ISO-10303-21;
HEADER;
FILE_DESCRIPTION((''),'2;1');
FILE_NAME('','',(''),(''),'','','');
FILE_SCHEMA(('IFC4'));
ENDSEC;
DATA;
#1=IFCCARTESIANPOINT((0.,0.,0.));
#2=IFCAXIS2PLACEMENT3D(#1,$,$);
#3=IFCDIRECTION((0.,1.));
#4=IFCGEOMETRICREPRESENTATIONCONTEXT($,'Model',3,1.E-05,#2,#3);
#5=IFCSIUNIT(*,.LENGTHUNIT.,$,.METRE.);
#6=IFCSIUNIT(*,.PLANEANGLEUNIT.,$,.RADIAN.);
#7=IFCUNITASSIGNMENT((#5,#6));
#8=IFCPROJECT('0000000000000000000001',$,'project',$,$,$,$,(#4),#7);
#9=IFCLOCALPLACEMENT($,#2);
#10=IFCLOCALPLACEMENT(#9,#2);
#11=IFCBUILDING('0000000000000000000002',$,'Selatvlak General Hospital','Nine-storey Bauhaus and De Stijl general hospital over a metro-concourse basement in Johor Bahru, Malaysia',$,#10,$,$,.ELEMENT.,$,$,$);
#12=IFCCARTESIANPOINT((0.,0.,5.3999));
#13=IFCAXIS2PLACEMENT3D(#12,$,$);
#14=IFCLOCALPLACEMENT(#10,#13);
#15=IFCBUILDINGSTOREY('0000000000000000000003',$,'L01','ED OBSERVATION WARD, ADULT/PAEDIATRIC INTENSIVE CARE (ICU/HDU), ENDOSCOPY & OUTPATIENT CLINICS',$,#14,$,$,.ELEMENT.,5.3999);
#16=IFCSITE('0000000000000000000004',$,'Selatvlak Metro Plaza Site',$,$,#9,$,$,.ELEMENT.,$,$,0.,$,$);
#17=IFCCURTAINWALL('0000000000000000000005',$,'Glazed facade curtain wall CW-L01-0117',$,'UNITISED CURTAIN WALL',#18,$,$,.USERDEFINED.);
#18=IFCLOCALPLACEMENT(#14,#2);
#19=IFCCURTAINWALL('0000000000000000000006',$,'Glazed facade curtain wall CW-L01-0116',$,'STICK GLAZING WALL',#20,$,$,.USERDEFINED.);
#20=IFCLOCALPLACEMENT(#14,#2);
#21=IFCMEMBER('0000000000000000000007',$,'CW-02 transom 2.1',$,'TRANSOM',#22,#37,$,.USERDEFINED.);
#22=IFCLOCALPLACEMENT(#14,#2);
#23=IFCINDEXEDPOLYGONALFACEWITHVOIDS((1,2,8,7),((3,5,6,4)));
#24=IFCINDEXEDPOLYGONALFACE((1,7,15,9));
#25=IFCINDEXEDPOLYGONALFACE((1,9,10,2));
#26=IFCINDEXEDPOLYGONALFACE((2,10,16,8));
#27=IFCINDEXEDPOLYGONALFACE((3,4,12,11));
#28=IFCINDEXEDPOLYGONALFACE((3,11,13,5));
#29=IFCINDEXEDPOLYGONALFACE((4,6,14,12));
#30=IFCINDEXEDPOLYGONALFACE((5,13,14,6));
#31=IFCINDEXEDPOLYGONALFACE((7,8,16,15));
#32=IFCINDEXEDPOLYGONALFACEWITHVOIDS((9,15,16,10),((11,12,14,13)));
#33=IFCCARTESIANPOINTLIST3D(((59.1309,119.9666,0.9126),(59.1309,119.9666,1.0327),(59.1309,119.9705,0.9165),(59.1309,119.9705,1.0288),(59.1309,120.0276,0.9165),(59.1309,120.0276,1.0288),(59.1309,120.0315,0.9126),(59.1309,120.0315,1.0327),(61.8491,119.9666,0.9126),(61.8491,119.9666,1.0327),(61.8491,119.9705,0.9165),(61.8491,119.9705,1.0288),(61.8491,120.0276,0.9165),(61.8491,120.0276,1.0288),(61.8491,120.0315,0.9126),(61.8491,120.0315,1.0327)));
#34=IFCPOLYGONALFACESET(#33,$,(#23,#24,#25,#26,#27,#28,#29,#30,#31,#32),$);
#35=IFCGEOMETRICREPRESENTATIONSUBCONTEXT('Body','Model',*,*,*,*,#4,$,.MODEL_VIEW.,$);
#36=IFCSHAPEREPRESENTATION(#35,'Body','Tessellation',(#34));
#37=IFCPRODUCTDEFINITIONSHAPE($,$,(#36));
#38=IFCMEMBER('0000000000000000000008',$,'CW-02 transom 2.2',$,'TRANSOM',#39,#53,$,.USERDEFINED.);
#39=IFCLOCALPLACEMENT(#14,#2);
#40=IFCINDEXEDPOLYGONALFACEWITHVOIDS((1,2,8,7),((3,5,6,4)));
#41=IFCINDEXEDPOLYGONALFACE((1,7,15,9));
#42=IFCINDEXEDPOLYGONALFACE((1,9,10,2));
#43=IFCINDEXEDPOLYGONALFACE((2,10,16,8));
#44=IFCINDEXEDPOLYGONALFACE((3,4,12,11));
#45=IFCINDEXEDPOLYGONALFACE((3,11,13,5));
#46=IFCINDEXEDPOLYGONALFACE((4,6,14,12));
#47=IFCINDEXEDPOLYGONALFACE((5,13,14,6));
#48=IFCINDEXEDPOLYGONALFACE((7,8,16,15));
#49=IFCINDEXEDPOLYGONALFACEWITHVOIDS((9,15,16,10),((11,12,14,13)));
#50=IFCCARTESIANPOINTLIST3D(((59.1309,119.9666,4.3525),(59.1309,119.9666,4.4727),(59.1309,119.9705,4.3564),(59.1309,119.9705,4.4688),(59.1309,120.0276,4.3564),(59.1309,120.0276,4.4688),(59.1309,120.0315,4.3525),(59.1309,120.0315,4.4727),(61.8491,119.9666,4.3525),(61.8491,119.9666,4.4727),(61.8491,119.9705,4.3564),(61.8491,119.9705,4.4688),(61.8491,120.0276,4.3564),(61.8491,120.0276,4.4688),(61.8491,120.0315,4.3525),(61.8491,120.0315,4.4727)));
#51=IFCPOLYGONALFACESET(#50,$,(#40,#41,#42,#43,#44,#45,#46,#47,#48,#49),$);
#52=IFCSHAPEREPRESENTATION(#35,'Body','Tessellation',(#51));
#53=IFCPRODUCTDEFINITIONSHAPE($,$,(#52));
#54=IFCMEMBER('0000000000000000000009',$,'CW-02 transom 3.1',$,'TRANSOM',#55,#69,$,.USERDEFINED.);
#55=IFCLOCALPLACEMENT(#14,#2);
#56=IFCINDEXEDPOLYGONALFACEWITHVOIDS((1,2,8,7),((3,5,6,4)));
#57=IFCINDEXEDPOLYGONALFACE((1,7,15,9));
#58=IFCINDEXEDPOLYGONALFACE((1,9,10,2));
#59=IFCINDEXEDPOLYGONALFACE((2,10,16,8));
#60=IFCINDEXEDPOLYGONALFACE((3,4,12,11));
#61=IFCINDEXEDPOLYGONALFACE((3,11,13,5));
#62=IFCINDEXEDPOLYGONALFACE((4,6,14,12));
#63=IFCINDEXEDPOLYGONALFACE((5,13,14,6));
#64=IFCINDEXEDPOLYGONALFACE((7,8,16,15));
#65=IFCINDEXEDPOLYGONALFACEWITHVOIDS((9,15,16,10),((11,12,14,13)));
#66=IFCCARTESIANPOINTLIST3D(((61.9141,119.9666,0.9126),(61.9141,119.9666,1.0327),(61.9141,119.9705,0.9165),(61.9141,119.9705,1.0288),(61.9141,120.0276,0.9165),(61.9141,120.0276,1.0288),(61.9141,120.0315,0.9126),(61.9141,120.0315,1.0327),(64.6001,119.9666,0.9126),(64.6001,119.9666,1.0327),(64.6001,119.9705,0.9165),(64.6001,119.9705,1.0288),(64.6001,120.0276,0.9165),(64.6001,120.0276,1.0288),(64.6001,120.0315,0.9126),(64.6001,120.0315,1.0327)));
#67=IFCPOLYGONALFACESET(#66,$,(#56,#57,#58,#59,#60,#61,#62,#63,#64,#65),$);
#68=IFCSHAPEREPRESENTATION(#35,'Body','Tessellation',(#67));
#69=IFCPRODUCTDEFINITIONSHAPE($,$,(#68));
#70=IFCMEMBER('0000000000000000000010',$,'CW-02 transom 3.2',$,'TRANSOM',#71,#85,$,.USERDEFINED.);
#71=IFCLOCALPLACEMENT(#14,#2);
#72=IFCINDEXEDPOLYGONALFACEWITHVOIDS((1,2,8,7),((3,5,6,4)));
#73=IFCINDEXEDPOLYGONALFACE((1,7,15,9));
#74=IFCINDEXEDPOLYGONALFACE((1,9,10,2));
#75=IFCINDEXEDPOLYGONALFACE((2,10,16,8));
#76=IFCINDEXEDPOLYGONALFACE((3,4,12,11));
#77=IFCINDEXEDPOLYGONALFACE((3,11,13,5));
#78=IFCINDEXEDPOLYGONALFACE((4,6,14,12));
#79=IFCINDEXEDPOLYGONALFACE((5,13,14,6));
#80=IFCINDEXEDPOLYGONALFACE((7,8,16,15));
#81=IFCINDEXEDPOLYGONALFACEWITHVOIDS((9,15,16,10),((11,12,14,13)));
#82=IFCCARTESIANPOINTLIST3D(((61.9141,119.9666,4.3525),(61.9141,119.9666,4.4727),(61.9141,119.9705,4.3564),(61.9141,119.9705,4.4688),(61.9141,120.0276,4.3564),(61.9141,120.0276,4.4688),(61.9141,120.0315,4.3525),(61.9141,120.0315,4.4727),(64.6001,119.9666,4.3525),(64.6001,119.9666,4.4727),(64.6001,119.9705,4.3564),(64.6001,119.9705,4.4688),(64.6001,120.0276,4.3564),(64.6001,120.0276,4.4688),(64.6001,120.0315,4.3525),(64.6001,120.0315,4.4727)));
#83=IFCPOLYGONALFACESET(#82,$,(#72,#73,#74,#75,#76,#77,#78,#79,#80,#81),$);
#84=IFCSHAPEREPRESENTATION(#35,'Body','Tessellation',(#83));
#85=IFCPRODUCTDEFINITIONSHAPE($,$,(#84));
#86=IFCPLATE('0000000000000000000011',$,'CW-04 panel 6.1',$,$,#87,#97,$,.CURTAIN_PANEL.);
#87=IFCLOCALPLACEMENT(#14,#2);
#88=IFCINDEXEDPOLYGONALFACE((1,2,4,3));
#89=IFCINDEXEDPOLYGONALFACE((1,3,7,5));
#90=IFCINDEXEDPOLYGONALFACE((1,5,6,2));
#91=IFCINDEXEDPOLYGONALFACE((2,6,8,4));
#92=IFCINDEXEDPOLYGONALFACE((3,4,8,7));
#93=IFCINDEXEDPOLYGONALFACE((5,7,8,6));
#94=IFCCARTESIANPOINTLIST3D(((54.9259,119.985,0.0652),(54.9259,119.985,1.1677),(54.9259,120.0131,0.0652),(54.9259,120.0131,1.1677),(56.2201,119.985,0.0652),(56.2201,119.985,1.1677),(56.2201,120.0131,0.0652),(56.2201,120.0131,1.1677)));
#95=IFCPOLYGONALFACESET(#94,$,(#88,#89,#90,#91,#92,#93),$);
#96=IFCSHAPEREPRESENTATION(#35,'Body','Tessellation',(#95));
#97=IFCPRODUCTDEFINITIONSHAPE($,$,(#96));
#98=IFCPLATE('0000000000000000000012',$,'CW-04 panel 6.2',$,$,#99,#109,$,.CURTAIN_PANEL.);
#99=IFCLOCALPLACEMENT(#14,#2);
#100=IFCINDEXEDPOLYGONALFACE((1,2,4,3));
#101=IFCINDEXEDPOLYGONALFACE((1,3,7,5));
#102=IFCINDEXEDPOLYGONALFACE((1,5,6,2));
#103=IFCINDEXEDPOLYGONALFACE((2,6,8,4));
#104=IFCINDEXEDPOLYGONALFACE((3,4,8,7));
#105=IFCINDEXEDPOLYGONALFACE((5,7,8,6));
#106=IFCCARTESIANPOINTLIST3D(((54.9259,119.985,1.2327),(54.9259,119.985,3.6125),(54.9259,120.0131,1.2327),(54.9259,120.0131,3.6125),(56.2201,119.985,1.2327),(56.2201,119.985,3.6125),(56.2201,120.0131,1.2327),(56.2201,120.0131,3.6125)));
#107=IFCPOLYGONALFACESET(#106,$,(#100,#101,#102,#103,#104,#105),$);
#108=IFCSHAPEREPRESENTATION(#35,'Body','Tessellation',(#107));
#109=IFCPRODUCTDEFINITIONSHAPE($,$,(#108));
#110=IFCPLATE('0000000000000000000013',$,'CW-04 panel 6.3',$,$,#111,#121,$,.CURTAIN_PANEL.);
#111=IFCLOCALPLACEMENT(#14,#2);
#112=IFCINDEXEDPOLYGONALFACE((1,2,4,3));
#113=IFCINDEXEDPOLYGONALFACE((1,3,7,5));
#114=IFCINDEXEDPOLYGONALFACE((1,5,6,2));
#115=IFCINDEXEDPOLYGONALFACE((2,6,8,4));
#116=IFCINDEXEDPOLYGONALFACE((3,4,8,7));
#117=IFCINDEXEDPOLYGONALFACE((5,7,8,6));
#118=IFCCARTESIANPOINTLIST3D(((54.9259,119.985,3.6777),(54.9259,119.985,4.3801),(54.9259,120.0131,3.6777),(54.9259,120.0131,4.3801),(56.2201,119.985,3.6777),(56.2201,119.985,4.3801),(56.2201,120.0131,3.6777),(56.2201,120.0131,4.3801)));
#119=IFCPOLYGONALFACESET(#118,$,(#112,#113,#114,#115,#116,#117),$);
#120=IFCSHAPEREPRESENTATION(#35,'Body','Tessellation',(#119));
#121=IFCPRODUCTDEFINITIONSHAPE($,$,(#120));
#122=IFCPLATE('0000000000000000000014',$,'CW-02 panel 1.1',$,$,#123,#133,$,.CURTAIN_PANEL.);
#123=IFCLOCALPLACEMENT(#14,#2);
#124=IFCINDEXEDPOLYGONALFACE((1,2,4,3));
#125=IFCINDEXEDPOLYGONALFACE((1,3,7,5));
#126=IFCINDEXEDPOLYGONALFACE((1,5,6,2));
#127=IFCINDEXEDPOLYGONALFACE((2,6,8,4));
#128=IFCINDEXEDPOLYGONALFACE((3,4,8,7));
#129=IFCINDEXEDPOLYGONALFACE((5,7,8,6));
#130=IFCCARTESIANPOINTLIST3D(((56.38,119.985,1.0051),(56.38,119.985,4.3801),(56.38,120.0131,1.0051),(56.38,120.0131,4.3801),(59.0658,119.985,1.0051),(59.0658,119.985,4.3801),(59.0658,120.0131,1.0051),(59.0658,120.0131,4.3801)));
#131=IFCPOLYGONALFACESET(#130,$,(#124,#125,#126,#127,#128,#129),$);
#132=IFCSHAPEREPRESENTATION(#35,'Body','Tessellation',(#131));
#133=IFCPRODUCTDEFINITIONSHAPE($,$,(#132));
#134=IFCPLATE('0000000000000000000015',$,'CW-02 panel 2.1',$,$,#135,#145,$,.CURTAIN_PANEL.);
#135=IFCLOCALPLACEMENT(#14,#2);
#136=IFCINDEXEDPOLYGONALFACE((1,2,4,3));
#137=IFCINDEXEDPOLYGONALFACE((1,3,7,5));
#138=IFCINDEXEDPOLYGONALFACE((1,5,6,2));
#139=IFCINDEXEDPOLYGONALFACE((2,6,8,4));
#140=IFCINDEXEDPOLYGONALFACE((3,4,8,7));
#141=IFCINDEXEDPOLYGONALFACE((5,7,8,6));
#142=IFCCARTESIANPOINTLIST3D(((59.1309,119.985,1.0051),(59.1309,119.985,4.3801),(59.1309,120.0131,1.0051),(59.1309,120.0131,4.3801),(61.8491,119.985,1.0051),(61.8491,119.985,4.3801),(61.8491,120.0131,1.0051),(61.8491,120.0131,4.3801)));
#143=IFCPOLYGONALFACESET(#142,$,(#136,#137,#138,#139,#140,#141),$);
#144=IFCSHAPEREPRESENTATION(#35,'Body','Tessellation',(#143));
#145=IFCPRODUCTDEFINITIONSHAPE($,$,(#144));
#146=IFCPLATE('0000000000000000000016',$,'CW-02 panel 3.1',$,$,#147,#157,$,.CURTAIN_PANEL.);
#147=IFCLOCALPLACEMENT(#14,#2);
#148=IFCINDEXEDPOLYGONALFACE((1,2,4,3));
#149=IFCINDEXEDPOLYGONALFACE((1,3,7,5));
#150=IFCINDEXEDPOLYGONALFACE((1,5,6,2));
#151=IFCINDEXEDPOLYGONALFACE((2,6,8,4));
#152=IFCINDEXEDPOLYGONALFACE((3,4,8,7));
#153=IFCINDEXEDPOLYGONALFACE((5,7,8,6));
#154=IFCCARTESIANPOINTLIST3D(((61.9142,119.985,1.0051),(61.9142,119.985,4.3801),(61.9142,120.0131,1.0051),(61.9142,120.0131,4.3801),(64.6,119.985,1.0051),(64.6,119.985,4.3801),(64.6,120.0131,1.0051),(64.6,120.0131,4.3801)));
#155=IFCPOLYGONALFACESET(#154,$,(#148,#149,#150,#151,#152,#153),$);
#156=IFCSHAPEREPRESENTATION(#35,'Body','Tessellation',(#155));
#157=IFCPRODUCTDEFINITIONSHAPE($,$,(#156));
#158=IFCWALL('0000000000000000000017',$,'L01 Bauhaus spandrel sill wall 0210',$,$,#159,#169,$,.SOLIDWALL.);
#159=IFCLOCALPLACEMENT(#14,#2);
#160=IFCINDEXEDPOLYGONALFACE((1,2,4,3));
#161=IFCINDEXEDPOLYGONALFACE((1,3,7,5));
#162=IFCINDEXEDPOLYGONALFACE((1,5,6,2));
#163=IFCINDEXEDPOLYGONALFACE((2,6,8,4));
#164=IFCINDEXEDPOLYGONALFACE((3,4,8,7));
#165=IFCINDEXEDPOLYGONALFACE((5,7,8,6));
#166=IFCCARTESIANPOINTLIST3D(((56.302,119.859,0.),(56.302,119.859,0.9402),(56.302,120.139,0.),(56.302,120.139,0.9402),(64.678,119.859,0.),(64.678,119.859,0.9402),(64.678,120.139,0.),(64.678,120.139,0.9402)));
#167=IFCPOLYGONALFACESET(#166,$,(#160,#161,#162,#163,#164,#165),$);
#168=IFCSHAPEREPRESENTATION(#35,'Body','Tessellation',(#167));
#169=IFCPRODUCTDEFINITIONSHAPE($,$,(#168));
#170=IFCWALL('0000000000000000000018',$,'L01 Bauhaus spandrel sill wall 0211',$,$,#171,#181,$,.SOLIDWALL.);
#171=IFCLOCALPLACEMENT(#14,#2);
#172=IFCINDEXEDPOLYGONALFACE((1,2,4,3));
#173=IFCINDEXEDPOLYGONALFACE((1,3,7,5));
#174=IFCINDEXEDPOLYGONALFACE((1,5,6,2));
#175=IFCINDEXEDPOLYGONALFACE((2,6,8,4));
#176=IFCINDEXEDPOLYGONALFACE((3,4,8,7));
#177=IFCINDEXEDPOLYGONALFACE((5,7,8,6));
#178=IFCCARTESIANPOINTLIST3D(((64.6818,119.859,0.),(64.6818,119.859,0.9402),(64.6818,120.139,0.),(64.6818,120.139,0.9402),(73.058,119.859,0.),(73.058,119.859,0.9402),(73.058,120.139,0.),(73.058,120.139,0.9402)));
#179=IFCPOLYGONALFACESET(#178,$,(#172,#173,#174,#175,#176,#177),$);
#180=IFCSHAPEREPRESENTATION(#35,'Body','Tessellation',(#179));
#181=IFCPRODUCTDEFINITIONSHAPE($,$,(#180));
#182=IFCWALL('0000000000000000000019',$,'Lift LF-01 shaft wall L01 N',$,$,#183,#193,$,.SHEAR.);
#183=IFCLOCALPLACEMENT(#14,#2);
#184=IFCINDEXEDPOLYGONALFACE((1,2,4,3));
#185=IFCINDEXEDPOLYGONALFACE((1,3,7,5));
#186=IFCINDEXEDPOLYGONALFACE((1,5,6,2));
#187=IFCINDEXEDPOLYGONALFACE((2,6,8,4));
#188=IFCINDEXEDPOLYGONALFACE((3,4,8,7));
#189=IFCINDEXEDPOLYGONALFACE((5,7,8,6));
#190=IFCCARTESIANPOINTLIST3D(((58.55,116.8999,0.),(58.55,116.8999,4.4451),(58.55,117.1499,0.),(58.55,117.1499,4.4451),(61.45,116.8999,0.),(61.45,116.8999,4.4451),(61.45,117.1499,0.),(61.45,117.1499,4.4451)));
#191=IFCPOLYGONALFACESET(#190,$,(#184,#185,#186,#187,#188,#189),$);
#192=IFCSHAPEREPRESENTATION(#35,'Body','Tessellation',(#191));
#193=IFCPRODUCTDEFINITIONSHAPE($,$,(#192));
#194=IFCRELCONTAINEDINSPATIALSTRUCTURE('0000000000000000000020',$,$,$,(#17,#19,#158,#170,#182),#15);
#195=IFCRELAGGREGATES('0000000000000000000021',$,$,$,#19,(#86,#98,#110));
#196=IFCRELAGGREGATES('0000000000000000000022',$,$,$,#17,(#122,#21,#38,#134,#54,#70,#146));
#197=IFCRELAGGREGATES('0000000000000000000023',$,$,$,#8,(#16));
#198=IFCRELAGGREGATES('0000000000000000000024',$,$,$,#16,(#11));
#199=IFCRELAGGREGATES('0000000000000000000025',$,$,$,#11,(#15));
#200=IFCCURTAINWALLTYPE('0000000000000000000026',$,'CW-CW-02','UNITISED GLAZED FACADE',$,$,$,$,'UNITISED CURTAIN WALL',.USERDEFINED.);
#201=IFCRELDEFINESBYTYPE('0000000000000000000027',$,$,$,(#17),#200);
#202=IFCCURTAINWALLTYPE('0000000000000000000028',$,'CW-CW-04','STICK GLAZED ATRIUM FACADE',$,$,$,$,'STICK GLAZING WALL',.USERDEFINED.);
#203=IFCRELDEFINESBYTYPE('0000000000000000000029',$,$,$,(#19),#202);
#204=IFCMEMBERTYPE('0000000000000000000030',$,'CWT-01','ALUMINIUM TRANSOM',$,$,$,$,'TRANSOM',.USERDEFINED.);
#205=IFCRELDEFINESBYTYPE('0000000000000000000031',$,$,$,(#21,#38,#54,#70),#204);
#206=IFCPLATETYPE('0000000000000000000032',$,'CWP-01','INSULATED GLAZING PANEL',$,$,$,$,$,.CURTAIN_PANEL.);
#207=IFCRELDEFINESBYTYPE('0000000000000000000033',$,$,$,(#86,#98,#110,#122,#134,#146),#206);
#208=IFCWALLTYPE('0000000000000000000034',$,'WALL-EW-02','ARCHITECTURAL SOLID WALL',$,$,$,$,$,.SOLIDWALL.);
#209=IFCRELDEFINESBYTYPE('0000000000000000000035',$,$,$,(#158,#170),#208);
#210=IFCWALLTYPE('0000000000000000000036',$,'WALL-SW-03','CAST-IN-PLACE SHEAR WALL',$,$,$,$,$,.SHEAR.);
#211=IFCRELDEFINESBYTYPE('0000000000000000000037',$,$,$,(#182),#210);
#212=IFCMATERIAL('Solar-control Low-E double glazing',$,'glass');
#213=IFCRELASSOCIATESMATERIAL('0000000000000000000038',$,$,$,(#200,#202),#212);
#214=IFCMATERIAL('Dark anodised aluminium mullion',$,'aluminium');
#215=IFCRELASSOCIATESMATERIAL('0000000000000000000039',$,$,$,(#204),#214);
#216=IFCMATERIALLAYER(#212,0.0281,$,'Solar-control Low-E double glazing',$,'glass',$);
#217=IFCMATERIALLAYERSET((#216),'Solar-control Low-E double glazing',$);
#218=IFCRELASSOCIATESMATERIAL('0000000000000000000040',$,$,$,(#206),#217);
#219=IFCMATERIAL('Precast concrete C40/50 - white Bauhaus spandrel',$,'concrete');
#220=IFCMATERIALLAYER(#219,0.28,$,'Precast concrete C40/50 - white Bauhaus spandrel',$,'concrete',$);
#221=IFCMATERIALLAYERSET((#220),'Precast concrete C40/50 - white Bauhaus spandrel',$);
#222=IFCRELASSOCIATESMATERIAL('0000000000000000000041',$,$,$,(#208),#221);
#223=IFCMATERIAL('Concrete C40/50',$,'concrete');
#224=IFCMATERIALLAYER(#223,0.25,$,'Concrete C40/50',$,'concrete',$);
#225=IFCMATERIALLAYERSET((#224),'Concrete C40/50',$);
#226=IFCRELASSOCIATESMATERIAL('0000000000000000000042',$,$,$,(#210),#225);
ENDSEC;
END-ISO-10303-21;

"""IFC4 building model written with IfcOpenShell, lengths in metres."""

from ifc_helpers import new_model, si_unit, direction, frame, frame_2d, origin, origin_2d, place, context, subcontext, project, spatial, rectangle, hollow_rectangle, extrude, material, layer, layer_set, material_profile, profile_set, type_object, element, aggregate, save


model = new_model("IFC4")

# Units and contexts
model_context = context("Model", 3, precision=1e-05, world=origin(), true_north=direction((0.0, 1.0)))
body_context = subcontext(model_context, "Body", "Model", "MODEL_VIEW")
ifc_project = project(units=[si_unit("LENGTHUNIT", "METRE"), si_unit("PLANEANGLEUNIT", "RADIAN")], contexts=[model_context])

# Site, building, storey
site_placement = place(None, origin())
site = spatial("IfcSite", under=ifc_project, at=site_placement, Name="Selatvlak Metro Plaza Site", CompositionType="ELEMENT", RefElevation=0.0)
building_placement = place(site_placement, origin())
building = spatial("IfcBuilding", under=site, at=building_placement, Name="Selatvlak General Hospital", Description="Nine-storey Bauhaus and De Stijl general hospital over a metro-concourse basement in Johor Bahru, Malaysia", CompositionType="ELEMENT")
storey_placement = place(building_placement, frame((0.0, 0.0, 5.3999)))
storey = spatial("IfcBuildingStorey", under=building, at=storey_placement, Name="L01", Description="ED OBSERVATION WARD, ADULT/PAEDIATRIC INTENSIVE CARE (ICU/HDU), ENDOSCOPY & OUTPATIENT CLINICS", CompositionType="ELEMENT", Elevation=5.3999)

# Shared definitions
ifc_material_1 = material(Name="Concrete C40/50", Category="concrete")

# Curtain wall
ifc_material_2 = material(Name="Solar-control Low-E double glazing", Category="glass")
curtain_wall_type_1 = type_object("IfcCurtainWallType", Name="CW-CW-02", Description="UNITISED GLAZED FACADE", ElementType="UNITISED CURTAIN WALL", PredefinedType="USERDEFINED", material=ifc_material_2)
curtain_wall_1_placement = place(storey_placement, origin())
curtain_wall_1 = element("IfcCurtainWall", 1, at=curtain_wall_1_placement, inside=storey, type_object=curtain_wall_type_1, Name="Glazed facade curtain wall CW-L01-0117", ObjectType="UNITISED CURTAIN WALL", PredefinedType="USERDEFINED")
ifc_material_3 = material(Name="Dark anodised aluminium mullion", Category="aluminium")

# Curtain wall
curtain_wall_type_2 = type_object("IfcCurtainWallType", Name="CW-CW-04", Description="STICK GLAZED ATRIUM FACADE", ElementType="STICK GLAZING WALL", PredefinedType="USERDEFINED", material=ifc_material_2)
curtain_wall_2_placement = place(storey_placement, origin())
curtain_wall_2 = element("IfcCurtainWall", 2, at=curtain_wall_2_placement, inside=storey, type_object=curtain_wall_type_2, Name="Glazed facade curtain wall CW-L01-0116", ObjectType="STICK GLAZING WALL", PredefinedType="USERDEFINED")

# Members
ifc_material_profile_1 = material_profile(ifc_material_3, hollow_rectangle(XDim=0.0649, YDim=0.1201, WallThickness=0.0039, at=origin_2d()), Name="AL-TRN 65x120x4")
ifc_profile_set_1 = profile_set([ifc_material_profile_1], Name="Dark anodised aluminium mullion")
member_type_1 = type_object("IfcMemberType", Name="CWT-01", Description="ALUMINIUM TRANSOM", ElementType="TRANSOM", PredefinedType="USERDEFINED", material=ifc_profile_set_1)
member_1_placement = place(storey_placement, frame((59.1309, 119.999, 0.9727), z_axis=(1.0, 0.0, 0.0), x_axis=(0.0, 1.0, 0.0)))
member_1 = element("IfcMember", 3, at=member_1_placement, type_object=member_type_1, Name="CW-02 transom 2.1", ObjectType="TRANSOM", PredefinedType="USERDEFINED", context=body_context, shape_type="SweptSolid", body=[
    extrude(hollow_rectangle(XDim=0.0649, YDim=0.1201, WallThickness=0.0039, at=origin_2d()), origin(), (0.0, 0.0, 1.0), 2.7183),
])
member_2_placement = place(storey_placement, frame((59.1309, 119.999, 4.4126), z_axis=(1.0, 0.0, 0.0), x_axis=(0.0, 1.0, 0.0)))
member_2 = element("IfcMember", 4, at=member_2_placement, type_object=member_type_1, Name="CW-02 transom 2.2", ObjectType="TRANSOM", PredefinedType="USERDEFINED", context=body_context, shape_type="SweptSolid", body=[
    extrude(hollow_rectangle(XDim=0.0649, YDim=0.1201, WallThickness=0.0039, at=origin_2d()), origin(), (0.0, 0.0, 1.0), 2.7183),
])
member_3_placement = place(storey_placement, frame((61.9141, 119.999, 0.9727), z_axis=(1.0, 0.0, 0.0), x_axis=(0.0, 1.0, 0.0)))
member_3 = element("IfcMember", 5, at=member_3_placement, type_object=member_type_1, Name="CW-02 transom 3.1", ObjectType="TRANSOM", PredefinedType="USERDEFINED", context=body_context, shape_type="SweptSolid", body=[
    extrude(hollow_rectangle(XDim=0.0649, YDim=0.1201, WallThickness=0.0039, at=origin_2d()), origin(), (0.0, 0.0, 1.0), 2.686),
])
member_4_placement = place(storey_placement, frame((61.9141, 119.999, 4.4126), z_axis=(1.0, 0.0, 0.0), x_axis=(0.0, 1.0, 0.0)))
member_4 = element("IfcMember", 6, at=member_4_placement, type_object=member_type_1, Name="CW-02 transom 3.2", ObjectType="TRANSOM", PredefinedType="USERDEFINED", context=body_context, shape_type="SweptSolid", body=[
    extrude(hollow_rectangle(XDim=0.0649, YDim=0.1201, WallThickness=0.0039, at=origin_2d()), origin(), (0.0, 0.0, 1.0), 2.686),
])

# Plates
ifc_layer_1 = layer(ifc_material_2, 0.0281, Name="Solar-control Low-E double glazing", Category="glass")
ifc_layer_set_1 = layer_set([ifc_layer_1], Name="Solar-control Low-E double glazing")
plate_type = type_object("IfcPlateType", Name="CWP-01", Description="INSULATED GLAZING PANEL", PredefinedType="CURTAIN_PANEL", material=ifc_layer_set_1)
plate_1_placement = place(storey_placement, frame((55.573, 119.999, 0.0652), z_axis=(0.0, 0.0, 1.0), x_axis=(1.0, 0.0, 0.0)))
plate_1 = element("IfcPlate", 7, at=plate_1_placement, type_object=plate_type, Name="CW-04 panel 6.1", PredefinedType="CURTAIN_PANEL", context=body_context, shape_type="SweptSolid", body=[
    extrude(rectangle(XDim=1.2942, YDim=0.0281, at=origin_2d()), origin(), (0.0, 0.0, 1.0), 1.1025),
])
plate_2_placement = place(storey_placement, frame((55.573, 119.999, 1.2327), z_axis=(0.0, 0.0, 1.0), x_axis=(1.0, 0.0, 0.0)))
plate_2 = element("IfcPlate", 8, at=plate_2_placement, type_object=plate_type, Name="CW-04 panel 6.2", PredefinedType="CURTAIN_PANEL", context=body_context, shape_type="SweptSolid", body=[
    extrude(rectangle(XDim=1.2942, YDim=0.0281, at=origin_2d()), origin(), (0.0, 0.0, 1.0), 2.3799),
])
plate_3_placement = place(storey_placement, frame((55.573, 119.999, 3.6777), z_axis=(0.0, 0.0, 1.0), x_axis=(1.0, 0.0, 0.0)))
plate_3 = element("IfcPlate", 9, at=plate_3_placement, type_object=plate_type, Name="CW-04 panel 6.3", PredefinedType="CURTAIN_PANEL", context=body_context, shape_type="SweptSolid", body=[
    extrude(rectangle(XDim=1.2942, YDim=0.0281, at=origin_2d()), origin(), (0.0, 0.0, 1.0), 0.7024),
])
aggregate(curtain_wall_2, [plate_1, plate_2, plate_3])
plate_4_placement = place(storey_placement, frame((57.7229, 119.999, 1.0051), z_axis=(0.0, 0.0, 1.0), x_axis=(1.0, 0.0, 0.0)))
plate_4 = element("IfcPlate", 10, at=plate_4_placement, type_object=plate_type, Name="CW-02 panel 1.1", PredefinedType="CURTAIN_PANEL", context=body_context, shape_type="SweptSolid", body=[
    extrude(rectangle(XDim=2.6858, YDim=0.0281, at=origin_2d()), origin(), (0.0, 0.0, 1.0), 3.375),
])
plate_5_placement = place(storey_placement, frame((60.49, 119.999, 1.0051), z_axis=(0.0, 0.0, 1.0), x_axis=(1.0, 0.0, 0.0)))
plate_5 = element("IfcPlate", 11, at=plate_5_placement, type_object=plate_type, Name="CW-02 panel 2.1", PredefinedType="CURTAIN_PANEL", context=body_context, shape_type="SweptSolid", body=[
    extrude(rectangle(XDim=2.7183, YDim=0.0281, at=origin_2d()), origin(), (0.0, 0.0, 1.0), 3.375),
])
plate_6_placement = place(storey_placement, frame((63.2571, 119.999, 1.0051), z_axis=(0.0, 0.0, 1.0), x_axis=(1.0, 0.0, 0.0)))
plate_6 = element("IfcPlate", 12, at=plate_6_placement, type_object=plate_type, Name="CW-02 panel 3.1", PredefinedType="CURTAIN_PANEL", context=body_context, shape_type="SweptSolid", body=[
    extrude(rectangle(XDim=2.6858, YDim=0.0281, at=origin_2d()), origin(), (0.0, 0.0, 1.0), 3.375),
])
aggregate(curtain_wall_1, [plate_4, member_1, member_2, plate_5, member_3, member_4, plate_6])

# Walls
ifc_material_4 = material(Name="Precast concrete C40/50 - white Bauhaus spandrel", Category="concrete")
ifc_layer_2 = layer(ifc_material_4, 0.28, Name="Precast concrete C40/50 - white Bauhaus spandrel", Category="concrete")
ifc_layer_set_2 = layer_set([ifc_layer_2], Name="Precast concrete C40/50 - white Bauhaus spandrel")
wall_type_1 = type_object("IfcWallType", Name="WALL-EW-02", Description="ARCHITECTURAL SOLID WALL", PredefinedType="SOLIDWALL", material=ifc_layer_set_2)
wall_1_placement = place(storey_placement, frame((56.302, 119.999, 0.0), z_axis=(0.0, 0.0, 1.0), x_axis=(1.0, 0.0, 0.0)))
element("IfcWall", 13, at=wall_1_placement, inside=storey, type_object=wall_type_1, Name="L01 Bauhaus spandrel sill wall 0210", PredefinedType="SOLIDWALL", context=body_context, shape_type="SweptSolid", body=[
    extrude(rectangle(XDim=8.376, YDim=0.28, at=frame_2d((4.188, 0.0))), origin(), (0.0, 0.0, 1.0), 0.9402),
])
wall_2_placement = place(storey_placement, frame((64.6819, 119.999, 0.0), z_axis=(0.0, 0.0, 1.0), x_axis=(1.0, 0.0, 0.0)))
element("IfcWall", 14, at=wall_2_placement, inside=storey, type_object=wall_type_1, Name="L01 Bauhaus spandrel sill wall 0211", PredefinedType="SOLIDWALL", context=body_context, shape_type="SweptSolid", body=[
    extrude(rectangle(XDim=8.3762, YDim=0.28, at=frame_2d((4.188, 0.0))), origin(), (0.0, 0.0, 1.0), 0.9402),
])
ifc_layer_3 = layer(ifc_material_1, 0.25, Name="Concrete C40/50", Category="concrete")
ifc_layer_set_3 = layer_set([ifc_layer_3], Name="Concrete C40/50")
wall_type_2 = type_object("IfcWallType", Name="WALL-SW-03", Description="CAST-IN-PLACE SHEAR WALL", PredefinedType="SHEAR", material=ifc_layer_set_3)
wall_3_placement = place(storey_placement, frame((61.45, 117.0249, 0.0), z_axis=(0.0, 0.0, 1.0), x_axis=(-1.0, 0.0, 0.0)))
element("IfcWall", 15, at=wall_3_placement, inside=storey, type_object=wall_type_2, Name="Lift LF-01 shaft wall L01 N", PredefinedType="SHEAR", context=body_context, shape_type="SweptSolid", body=[
    extrude(rectangle(XDim=2.8999, YDim=0.25, at=frame_2d((1.45, 0.0))), origin(), (0.0, 0.0, 1.0), 4.4451),
])

save(model, "model.ifc")
